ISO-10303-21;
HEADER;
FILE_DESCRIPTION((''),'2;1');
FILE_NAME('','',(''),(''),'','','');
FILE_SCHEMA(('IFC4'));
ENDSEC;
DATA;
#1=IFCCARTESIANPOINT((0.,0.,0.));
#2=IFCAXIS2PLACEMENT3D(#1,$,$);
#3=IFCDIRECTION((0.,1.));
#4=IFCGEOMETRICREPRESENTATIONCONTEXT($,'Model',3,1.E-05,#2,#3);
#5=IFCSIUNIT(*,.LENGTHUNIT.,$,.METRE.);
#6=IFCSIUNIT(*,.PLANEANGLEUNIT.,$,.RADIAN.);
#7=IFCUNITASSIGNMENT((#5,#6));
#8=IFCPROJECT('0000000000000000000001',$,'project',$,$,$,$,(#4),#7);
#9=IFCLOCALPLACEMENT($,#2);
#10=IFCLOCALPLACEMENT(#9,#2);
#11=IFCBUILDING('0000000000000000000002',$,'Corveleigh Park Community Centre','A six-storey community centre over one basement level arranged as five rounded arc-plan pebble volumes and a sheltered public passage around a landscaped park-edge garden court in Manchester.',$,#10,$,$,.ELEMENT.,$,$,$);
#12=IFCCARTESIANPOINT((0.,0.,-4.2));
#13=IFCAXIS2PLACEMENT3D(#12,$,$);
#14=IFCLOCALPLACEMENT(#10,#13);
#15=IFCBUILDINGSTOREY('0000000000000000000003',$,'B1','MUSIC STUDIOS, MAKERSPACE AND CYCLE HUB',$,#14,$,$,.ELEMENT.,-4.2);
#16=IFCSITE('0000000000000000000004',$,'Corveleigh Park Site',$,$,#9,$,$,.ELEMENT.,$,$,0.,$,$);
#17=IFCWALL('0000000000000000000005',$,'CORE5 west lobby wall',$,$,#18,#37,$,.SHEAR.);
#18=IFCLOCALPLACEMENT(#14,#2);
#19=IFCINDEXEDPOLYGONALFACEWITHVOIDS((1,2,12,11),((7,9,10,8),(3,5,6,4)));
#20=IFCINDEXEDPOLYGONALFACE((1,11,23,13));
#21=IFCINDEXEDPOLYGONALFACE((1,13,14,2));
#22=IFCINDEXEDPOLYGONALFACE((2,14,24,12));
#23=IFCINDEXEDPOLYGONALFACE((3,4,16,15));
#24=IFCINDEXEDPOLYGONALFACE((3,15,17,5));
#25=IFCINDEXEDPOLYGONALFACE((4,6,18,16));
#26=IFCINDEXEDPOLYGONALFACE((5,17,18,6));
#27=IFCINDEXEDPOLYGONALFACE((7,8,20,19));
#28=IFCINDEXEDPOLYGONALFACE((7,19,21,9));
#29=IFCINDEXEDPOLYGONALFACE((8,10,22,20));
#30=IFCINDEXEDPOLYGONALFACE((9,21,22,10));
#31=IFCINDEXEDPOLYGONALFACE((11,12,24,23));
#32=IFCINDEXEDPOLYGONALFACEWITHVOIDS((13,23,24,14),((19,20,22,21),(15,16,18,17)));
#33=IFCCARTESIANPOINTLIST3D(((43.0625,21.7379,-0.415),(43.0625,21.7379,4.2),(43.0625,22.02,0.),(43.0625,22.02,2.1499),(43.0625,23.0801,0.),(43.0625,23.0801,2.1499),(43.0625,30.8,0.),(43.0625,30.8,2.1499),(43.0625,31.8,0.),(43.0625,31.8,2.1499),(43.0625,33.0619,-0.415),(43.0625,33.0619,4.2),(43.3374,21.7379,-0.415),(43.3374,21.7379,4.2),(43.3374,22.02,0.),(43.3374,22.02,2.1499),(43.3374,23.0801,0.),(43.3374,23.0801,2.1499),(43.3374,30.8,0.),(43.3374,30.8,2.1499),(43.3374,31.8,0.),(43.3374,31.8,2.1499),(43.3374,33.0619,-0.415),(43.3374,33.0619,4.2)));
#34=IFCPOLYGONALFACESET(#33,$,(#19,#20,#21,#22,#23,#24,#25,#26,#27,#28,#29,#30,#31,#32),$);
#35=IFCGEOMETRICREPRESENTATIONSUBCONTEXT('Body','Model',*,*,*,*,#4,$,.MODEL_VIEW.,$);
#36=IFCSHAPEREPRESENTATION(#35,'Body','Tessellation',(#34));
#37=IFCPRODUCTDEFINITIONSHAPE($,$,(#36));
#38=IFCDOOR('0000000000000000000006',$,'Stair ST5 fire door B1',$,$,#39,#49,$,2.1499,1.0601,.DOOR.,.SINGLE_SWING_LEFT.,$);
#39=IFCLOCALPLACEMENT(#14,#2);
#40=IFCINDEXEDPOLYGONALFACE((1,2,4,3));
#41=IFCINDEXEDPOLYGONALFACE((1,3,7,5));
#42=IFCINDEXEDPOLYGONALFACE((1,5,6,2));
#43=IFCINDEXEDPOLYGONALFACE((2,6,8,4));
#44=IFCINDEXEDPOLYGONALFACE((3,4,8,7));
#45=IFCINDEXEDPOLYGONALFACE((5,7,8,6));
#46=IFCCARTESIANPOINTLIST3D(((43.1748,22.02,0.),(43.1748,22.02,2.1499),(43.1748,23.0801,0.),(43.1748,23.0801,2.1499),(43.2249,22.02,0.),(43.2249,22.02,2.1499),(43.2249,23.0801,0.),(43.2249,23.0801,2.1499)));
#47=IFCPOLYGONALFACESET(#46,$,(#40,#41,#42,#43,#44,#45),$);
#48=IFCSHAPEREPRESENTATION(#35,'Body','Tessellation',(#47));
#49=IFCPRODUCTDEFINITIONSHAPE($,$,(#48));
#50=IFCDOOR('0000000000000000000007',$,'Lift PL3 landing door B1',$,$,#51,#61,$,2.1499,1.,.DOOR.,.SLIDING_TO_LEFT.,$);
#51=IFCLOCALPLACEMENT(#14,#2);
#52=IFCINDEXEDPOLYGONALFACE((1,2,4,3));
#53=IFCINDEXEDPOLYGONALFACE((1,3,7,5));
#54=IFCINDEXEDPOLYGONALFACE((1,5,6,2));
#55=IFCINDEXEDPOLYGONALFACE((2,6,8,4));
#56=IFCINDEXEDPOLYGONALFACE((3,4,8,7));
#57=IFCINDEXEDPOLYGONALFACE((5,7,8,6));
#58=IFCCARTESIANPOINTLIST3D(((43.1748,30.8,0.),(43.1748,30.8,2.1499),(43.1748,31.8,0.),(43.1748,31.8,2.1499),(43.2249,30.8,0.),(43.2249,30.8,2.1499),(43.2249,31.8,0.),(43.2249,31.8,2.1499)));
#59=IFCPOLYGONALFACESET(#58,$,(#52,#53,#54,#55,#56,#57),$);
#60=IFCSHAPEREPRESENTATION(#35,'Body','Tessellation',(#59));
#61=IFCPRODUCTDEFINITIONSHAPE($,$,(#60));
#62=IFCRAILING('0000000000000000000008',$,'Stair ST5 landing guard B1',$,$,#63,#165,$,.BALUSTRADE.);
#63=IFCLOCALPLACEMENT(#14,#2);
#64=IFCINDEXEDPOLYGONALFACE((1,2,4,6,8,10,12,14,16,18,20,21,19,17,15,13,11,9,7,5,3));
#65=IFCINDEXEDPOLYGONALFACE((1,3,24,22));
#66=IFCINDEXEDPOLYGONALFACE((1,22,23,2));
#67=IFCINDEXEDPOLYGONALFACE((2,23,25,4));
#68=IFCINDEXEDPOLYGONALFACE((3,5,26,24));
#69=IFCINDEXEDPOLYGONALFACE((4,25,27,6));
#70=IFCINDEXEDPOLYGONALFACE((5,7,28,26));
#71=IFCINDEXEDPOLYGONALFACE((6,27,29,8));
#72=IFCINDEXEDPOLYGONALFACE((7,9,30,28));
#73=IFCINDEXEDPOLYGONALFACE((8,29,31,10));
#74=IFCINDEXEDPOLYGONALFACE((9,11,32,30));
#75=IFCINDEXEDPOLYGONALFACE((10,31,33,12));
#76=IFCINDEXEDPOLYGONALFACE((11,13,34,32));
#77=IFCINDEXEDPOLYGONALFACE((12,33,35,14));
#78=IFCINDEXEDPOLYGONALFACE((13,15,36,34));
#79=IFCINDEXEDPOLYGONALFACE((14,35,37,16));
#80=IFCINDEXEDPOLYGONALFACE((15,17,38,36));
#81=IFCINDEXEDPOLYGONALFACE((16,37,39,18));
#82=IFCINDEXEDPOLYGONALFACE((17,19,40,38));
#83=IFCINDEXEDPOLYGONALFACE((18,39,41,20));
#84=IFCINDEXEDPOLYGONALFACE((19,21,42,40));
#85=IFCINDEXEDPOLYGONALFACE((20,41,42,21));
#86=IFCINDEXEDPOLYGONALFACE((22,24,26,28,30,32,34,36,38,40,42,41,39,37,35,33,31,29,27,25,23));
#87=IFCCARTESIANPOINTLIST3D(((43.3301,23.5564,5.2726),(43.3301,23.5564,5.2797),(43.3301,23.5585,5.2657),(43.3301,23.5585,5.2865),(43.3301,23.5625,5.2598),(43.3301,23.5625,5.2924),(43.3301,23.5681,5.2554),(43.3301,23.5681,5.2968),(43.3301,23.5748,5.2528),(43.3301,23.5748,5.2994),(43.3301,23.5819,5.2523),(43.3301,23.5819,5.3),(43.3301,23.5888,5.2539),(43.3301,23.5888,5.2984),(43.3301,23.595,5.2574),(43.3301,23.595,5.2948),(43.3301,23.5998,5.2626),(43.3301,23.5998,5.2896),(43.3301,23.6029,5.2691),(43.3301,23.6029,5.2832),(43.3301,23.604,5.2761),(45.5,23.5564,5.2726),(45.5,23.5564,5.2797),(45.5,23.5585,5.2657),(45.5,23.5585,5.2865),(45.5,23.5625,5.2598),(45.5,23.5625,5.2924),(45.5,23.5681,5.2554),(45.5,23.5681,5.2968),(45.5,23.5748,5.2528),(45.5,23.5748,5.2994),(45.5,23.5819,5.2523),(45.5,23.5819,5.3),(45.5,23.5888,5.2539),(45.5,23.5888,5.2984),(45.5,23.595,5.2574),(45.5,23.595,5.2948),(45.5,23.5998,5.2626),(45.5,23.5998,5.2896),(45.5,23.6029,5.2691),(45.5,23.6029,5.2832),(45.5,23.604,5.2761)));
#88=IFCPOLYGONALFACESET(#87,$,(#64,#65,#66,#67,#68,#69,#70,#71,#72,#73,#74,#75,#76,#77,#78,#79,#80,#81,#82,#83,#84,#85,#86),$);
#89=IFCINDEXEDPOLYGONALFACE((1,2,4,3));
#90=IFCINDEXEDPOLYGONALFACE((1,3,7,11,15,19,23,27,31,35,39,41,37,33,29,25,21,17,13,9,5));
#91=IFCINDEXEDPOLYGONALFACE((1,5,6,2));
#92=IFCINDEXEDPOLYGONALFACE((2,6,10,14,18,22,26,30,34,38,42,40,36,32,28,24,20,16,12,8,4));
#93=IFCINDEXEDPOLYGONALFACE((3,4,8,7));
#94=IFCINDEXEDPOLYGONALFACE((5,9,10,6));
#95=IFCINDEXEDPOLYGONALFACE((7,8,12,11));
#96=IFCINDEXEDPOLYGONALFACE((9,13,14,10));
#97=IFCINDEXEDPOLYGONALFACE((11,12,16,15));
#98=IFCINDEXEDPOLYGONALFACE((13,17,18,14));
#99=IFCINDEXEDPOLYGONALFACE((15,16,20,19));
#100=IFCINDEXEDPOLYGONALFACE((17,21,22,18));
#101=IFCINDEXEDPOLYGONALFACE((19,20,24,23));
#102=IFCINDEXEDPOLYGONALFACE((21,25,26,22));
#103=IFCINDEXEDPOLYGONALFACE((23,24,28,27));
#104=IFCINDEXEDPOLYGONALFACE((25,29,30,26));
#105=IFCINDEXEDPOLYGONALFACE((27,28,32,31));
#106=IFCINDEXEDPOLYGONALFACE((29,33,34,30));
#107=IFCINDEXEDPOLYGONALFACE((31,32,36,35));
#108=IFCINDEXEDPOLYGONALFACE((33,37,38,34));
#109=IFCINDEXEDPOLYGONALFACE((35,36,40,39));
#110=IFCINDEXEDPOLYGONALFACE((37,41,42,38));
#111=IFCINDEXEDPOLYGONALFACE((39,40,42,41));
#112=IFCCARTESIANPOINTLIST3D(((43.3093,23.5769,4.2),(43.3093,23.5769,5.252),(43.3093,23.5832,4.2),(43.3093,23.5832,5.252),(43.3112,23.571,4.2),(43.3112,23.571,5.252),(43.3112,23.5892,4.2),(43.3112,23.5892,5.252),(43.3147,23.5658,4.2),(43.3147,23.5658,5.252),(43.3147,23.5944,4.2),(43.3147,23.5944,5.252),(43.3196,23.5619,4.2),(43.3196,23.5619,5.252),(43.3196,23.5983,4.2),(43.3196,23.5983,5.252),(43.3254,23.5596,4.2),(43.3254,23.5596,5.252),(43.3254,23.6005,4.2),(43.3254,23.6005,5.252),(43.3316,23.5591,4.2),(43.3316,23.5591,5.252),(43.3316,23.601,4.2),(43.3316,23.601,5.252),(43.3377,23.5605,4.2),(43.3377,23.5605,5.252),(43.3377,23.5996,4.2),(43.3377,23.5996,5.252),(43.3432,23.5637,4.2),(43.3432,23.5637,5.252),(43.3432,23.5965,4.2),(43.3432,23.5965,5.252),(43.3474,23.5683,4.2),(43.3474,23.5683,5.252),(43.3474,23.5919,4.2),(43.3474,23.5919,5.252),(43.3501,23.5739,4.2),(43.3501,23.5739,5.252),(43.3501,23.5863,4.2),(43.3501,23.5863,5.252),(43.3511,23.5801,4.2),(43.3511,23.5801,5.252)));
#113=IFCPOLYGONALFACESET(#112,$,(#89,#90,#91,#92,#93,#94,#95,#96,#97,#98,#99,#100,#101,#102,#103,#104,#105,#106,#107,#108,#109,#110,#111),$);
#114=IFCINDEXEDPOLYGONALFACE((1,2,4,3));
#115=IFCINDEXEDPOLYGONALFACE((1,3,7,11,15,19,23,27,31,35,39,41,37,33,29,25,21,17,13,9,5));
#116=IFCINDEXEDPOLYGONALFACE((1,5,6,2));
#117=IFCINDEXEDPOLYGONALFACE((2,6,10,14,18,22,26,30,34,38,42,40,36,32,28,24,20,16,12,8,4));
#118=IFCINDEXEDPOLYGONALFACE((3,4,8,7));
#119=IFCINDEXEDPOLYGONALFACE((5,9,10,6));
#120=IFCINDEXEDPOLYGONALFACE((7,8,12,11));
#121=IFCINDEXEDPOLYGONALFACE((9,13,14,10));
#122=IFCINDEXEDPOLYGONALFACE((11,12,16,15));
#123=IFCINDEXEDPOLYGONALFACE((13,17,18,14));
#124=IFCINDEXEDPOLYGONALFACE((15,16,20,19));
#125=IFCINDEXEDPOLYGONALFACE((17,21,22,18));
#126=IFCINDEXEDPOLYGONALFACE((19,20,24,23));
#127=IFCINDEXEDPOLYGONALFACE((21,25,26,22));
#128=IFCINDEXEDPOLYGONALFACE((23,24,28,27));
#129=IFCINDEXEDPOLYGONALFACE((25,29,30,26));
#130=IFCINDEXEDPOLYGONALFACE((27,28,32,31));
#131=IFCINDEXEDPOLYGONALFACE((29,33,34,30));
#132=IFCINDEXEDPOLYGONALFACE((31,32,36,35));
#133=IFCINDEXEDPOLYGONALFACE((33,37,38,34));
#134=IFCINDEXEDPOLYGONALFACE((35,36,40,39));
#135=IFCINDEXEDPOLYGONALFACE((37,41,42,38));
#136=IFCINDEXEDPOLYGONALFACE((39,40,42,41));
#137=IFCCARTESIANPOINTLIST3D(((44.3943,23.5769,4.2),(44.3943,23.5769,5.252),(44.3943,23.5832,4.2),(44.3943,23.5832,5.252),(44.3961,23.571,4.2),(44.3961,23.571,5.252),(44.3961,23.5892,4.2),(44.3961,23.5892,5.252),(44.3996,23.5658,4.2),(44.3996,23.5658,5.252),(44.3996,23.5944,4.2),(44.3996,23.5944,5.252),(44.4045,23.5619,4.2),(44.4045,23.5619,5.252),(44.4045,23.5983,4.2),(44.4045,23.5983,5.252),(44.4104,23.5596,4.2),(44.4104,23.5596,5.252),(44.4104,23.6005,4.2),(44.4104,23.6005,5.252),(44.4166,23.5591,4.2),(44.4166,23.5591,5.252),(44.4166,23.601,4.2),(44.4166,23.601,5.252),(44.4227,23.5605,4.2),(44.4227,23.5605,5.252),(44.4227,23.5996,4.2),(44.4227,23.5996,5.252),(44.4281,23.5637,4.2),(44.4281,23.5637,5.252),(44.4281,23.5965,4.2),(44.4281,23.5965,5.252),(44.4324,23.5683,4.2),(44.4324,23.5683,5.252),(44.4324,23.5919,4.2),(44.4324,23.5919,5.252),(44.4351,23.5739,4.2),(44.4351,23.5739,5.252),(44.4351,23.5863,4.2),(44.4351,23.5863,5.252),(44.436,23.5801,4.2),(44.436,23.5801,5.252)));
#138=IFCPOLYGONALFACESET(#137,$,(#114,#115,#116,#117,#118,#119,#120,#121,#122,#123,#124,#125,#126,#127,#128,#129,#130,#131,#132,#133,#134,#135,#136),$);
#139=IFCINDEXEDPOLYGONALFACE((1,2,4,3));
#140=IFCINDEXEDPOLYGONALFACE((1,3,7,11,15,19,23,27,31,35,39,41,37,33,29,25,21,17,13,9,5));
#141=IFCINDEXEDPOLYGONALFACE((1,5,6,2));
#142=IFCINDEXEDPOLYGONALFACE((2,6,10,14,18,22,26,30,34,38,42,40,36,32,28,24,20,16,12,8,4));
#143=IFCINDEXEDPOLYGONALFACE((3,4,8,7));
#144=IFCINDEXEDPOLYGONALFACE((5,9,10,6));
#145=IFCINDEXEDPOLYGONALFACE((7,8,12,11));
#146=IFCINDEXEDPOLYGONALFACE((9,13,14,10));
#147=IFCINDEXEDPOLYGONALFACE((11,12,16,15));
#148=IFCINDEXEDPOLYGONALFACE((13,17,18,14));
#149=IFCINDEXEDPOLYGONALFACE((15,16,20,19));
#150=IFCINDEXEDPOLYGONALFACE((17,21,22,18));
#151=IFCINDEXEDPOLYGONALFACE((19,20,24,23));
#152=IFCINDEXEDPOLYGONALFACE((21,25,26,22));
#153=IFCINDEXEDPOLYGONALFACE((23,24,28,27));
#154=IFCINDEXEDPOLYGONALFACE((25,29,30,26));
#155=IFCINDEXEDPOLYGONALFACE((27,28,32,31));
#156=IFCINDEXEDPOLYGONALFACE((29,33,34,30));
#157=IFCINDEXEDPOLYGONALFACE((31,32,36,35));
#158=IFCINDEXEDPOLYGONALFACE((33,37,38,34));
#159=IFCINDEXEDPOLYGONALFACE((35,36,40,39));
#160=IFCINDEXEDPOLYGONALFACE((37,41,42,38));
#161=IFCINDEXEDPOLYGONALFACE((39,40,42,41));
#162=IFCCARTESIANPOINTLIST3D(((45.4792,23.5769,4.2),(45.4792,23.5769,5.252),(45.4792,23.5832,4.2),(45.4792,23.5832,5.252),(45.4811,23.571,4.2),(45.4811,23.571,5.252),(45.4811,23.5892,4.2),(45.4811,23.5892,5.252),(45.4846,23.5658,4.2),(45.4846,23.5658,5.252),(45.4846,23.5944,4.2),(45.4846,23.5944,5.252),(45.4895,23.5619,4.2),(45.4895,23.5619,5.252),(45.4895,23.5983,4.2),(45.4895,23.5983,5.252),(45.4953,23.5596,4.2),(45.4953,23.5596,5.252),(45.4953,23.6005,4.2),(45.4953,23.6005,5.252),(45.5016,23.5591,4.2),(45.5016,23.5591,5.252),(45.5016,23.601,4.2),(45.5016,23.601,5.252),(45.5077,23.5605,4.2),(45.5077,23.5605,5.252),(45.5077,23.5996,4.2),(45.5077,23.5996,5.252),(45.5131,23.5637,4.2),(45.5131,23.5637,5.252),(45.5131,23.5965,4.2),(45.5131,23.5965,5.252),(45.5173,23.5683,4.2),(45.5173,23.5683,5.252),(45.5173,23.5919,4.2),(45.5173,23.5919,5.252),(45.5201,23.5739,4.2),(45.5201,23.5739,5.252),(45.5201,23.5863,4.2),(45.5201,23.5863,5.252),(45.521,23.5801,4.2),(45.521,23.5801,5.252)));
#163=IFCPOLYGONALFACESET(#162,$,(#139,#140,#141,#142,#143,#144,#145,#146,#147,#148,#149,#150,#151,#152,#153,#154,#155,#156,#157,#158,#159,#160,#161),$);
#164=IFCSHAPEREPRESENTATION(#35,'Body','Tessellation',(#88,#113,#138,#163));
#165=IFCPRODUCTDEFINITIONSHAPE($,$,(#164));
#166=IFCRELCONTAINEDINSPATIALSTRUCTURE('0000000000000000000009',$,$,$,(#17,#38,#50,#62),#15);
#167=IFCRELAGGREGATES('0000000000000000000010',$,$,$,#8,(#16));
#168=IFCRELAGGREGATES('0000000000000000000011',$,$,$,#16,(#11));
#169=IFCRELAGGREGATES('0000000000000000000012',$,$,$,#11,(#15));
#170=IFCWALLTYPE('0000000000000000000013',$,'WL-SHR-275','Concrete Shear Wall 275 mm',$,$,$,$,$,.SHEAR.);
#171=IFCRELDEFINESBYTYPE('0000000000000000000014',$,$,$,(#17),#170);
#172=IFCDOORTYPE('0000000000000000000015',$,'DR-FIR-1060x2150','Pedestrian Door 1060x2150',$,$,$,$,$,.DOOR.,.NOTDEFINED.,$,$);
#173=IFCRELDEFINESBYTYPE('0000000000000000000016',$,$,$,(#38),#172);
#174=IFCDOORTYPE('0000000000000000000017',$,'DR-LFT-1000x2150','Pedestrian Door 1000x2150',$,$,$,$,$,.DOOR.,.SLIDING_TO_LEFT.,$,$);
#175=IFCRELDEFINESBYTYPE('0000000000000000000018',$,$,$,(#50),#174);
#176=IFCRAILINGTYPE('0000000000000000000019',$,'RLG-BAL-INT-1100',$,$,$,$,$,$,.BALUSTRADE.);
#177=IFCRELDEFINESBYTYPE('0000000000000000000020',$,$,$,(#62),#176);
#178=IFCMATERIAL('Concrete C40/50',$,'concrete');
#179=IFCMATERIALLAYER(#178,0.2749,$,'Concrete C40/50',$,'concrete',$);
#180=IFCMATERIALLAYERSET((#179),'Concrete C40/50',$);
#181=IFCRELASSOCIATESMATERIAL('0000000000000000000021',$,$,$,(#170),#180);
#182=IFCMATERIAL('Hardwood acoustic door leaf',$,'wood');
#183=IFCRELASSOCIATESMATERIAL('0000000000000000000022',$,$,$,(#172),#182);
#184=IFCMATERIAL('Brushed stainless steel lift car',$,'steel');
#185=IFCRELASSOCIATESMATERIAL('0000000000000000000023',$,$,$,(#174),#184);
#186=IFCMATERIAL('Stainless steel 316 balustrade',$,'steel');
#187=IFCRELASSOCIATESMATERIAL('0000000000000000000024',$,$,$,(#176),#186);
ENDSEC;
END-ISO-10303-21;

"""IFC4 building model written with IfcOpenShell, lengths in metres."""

from ifc_helpers import new_model, si_unit, direction, frame, frame_2d, origin, origin_2d, place, context, subcontext, project, spatial, rectangle, circle, extrude, material, layer, layer_set, type_object, element, fill, save


model = new_model("IFC4")

# Units and contexts
model_context = context("Model", 3, precision=1e-05, world=origin(), true_north=direction((0.0, 1.0)))
body_context = subcontext(model_context, "Body", "Model", "MODEL_VIEW")
ifc_project = project(units=[si_unit("LENGTHUNIT", "METRE"), si_unit("PLANEANGLEUNIT", "RADIAN")], contexts=[model_context])

# Site, building, storey
site_placement = place(None, origin())
site = spatial("IfcSite", under=ifc_project, at=site_placement, Name="Corveleigh Park Site", CompositionType="ELEMENT", RefElevation=0.0)
building_placement = place(site_placement, origin())
building = spatial("IfcBuilding", under=site, at=building_placement, Name="Corveleigh Park Community Centre", Description="A six-storey community centre over one basement level arranged as five rounded arc-plan pebble volumes and a sheltered public passage around a landscaped park-edge garden court in Manchester.", CompositionType="ELEMENT")
storey_placement = place(building_placement, frame((0.0, 0.0, -4.2)))
storey = spatial("IfcBuildingStorey", under=building, at=storey_placement, Name="B1", Description="MUSIC STUDIOS, MAKERSPACE AND CYCLE HUB", CompositionType="ELEMENT", Elevation=-4.2)

# Shared definitions
ifc_material_1 = material(Name="Concrete C40/50", Category="concrete")

# Shared definitions
ifc_material_2 = material(Name="Hardwood acoustic door leaf", Category="wood")

# Shared definitions
ifc_layer_1 = layer(ifc_material_1, 0.2749, Name="Concrete C40/50", Category="concrete")
ifc_layer_set_1 = layer_set([ifc_layer_1], Name="Concrete C40/50")
wall_type_1 = type_object("IfcWallType", Name="WL-SHR-275", Description="Concrete Shear Wall 275 mm", PredefinedType="SHEAR", material=ifc_layer_set_1)

# Wall, openings, doors
wall_1_placement = place(storey_placement, frame((43.2, 33.062, -0.415), z_axis=(0.0, 0.0, 1.0), x_axis=(0.0, -1.0, 0.0)))
wall_1 = element("IfcWall", 1, at=wall_1_placement, inside=storey, type_object=wall_type_1, Name="CORE5 west lobby wall", PredefinedType="SHEAR", context=body_context, shape_type="SweptSolid", body=[
    extrude(rectangle(XDim=11.324, YDim=0.2749, at=frame_2d((5.6621, 0.0))), origin(), (0.0, 0.0, 1.0), 4.615),
])
opening_1_placement = place(wall_1_placement, frame((1.262, 0.0, 0.415)))
opening_1 = element("IfcOpeningElement", 2, at=opening_1_placement, cuts=wall_1, PredefinedType="OPENING", context=body_context, shape_type="SweptSolid", body=[
    extrude(rectangle(XDim=1.0, YDim=2.1499, at=frame_2d((0.5, 1.075))), frame((0.0, 0.1475, 0.0), z_axis=(0.0, -1.0, 0.0), x_axis=(1.0, 0.0, 0.0)), (0.0, 0.0, 1.0), 0.2949),
])
opening_2_placement = place(wall_1_placement, frame((9.9819, 0.0, 0.415)))
opening_2 = element("IfcOpeningElement", 3, at=opening_2_placement, cuts=wall_1, PredefinedType="OPENING", context=body_context, shape_type="SweptSolid", body=[
    extrude(rectangle(XDim=1.0601, YDim=2.1499, at=frame_2d((0.53, 1.075))), frame((0.0, 0.1475, 0.0), z_axis=(0.0, -1.0, 0.0), x_axis=(1.0, 0.0, 0.0)), (0.0, 0.0, 1.0), 0.2949),
])
door_type_1 = type_object("IfcDoorType", Name="DR-FIR-1060x2150", Description="Pedestrian Door 1060x2150", OperationType="NOTDEFINED", PredefinedType="DOOR", material=ifc_material_2)
door_1_placement = place(opening_2_placement, origin())
door_1 = element("IfcDoor", 4, at=door_1_placement, inside=storey, type_object=door_type_1, Name="Stair ST5 fire door B1", OperationType="SINGLE_SWING_LEFT", OverallHeight=2.1499, OverallWidth=1.0601, PredefinedType="DOOR", context=body_context, shape_type="SweptSolid", body=[
    extrude(rectangle(XDim=1.0601, YDim=2.1499, at=frame_2d((0.53, 1.075))), frame((0.0, 0.0249, 0.0), z_axis=(0.0, -1.0, 0.0), x_axis=(1.0, 0.0, 0.0)), (0.0, 0.0, 1.0), 0.05),
])
fill(opening_2, door_1)
ifc_material_3 = material(Name="Brushed stainless steel lift car", Category="steel")
door_type_2 = type_object("IfcDoorType", Name="DR-LFT-1000x2150", Description="Pedestrian Door 1000x2150", OperationType="SLIDING_TO_LEFT", PredefinedType="DOOR", material=ifc_material_3)
door_2_placement = place(opening_1_placement, origin())
door_2 = element("IfcDoor", 5, at=door_2_placement, inside=storey, type_object=door_type_2, Name="Lift PL3 landing door B1", OperationType="SLIDING_TO_LEFT", OverallHeight=2.1499, OverallWidth=1.0, PredefinedType="DOOR", context=body_context, shape_type="SweptSolid", body=[
    extrude(rectangle(XDim=1.0, YDim=2.1499, at=frame_2d((0.5, 1.075))), frame((0.0, 0.0249, 0.0), z_axis=(0.0, -1.0, 0.0), x_axis=(1.0, 0.0, 0.0)), (0.0, 0.0, 1.0), 0.05),
])
fill(opening_1, door_2)

# Railing
ifc_material_4 = material(Name="Stainless steel 316 balustrade", Category="steel")
railing_type = type_object("IfcRailingType", Name="RLG-BAL-INT-1100", PredefinedType="BALUSTRADE", material=ifc_material_4)
railing_1_placement = place(storey_placement, frame((43.3301, 23.5801, 4.2)))
element("IfcRailing", 6, at=railing_1_placement, inside=storey, type_object=railing_type, Name="Stair ST5 landing guard B1", PredefinedType="BALUSTRADE", context=body_context, shape_type="SweptSolid", body=[
    extrude(circle(Radius=0.0239, at=origin_2d()), frame((0.0, 0.0, 1.0762), z_axis=(1.0, 0.0, 0.0), x_axis=(0.0, 1.0, 0.0)), (0.0, 0.0, 1.0), 2.1699),
    extrude(circle(Radius=0.021, at=origin_2d()), origin(), (0.0, 0.0, 1.0), 1.052),
    extrude(circle(Radius=0.021, at=origin_2d()), frame((1.085, 0.0, 0.0)), (0.0, 0.0, 1.0), 1.052),
    extrude(circle(Radius=0.021, at=origin_2d()), frame((2.1699, 0.0, 0.0)), (0.0, 0.0, 1.0), 1.052),
])

save(model, "model.ifc")
